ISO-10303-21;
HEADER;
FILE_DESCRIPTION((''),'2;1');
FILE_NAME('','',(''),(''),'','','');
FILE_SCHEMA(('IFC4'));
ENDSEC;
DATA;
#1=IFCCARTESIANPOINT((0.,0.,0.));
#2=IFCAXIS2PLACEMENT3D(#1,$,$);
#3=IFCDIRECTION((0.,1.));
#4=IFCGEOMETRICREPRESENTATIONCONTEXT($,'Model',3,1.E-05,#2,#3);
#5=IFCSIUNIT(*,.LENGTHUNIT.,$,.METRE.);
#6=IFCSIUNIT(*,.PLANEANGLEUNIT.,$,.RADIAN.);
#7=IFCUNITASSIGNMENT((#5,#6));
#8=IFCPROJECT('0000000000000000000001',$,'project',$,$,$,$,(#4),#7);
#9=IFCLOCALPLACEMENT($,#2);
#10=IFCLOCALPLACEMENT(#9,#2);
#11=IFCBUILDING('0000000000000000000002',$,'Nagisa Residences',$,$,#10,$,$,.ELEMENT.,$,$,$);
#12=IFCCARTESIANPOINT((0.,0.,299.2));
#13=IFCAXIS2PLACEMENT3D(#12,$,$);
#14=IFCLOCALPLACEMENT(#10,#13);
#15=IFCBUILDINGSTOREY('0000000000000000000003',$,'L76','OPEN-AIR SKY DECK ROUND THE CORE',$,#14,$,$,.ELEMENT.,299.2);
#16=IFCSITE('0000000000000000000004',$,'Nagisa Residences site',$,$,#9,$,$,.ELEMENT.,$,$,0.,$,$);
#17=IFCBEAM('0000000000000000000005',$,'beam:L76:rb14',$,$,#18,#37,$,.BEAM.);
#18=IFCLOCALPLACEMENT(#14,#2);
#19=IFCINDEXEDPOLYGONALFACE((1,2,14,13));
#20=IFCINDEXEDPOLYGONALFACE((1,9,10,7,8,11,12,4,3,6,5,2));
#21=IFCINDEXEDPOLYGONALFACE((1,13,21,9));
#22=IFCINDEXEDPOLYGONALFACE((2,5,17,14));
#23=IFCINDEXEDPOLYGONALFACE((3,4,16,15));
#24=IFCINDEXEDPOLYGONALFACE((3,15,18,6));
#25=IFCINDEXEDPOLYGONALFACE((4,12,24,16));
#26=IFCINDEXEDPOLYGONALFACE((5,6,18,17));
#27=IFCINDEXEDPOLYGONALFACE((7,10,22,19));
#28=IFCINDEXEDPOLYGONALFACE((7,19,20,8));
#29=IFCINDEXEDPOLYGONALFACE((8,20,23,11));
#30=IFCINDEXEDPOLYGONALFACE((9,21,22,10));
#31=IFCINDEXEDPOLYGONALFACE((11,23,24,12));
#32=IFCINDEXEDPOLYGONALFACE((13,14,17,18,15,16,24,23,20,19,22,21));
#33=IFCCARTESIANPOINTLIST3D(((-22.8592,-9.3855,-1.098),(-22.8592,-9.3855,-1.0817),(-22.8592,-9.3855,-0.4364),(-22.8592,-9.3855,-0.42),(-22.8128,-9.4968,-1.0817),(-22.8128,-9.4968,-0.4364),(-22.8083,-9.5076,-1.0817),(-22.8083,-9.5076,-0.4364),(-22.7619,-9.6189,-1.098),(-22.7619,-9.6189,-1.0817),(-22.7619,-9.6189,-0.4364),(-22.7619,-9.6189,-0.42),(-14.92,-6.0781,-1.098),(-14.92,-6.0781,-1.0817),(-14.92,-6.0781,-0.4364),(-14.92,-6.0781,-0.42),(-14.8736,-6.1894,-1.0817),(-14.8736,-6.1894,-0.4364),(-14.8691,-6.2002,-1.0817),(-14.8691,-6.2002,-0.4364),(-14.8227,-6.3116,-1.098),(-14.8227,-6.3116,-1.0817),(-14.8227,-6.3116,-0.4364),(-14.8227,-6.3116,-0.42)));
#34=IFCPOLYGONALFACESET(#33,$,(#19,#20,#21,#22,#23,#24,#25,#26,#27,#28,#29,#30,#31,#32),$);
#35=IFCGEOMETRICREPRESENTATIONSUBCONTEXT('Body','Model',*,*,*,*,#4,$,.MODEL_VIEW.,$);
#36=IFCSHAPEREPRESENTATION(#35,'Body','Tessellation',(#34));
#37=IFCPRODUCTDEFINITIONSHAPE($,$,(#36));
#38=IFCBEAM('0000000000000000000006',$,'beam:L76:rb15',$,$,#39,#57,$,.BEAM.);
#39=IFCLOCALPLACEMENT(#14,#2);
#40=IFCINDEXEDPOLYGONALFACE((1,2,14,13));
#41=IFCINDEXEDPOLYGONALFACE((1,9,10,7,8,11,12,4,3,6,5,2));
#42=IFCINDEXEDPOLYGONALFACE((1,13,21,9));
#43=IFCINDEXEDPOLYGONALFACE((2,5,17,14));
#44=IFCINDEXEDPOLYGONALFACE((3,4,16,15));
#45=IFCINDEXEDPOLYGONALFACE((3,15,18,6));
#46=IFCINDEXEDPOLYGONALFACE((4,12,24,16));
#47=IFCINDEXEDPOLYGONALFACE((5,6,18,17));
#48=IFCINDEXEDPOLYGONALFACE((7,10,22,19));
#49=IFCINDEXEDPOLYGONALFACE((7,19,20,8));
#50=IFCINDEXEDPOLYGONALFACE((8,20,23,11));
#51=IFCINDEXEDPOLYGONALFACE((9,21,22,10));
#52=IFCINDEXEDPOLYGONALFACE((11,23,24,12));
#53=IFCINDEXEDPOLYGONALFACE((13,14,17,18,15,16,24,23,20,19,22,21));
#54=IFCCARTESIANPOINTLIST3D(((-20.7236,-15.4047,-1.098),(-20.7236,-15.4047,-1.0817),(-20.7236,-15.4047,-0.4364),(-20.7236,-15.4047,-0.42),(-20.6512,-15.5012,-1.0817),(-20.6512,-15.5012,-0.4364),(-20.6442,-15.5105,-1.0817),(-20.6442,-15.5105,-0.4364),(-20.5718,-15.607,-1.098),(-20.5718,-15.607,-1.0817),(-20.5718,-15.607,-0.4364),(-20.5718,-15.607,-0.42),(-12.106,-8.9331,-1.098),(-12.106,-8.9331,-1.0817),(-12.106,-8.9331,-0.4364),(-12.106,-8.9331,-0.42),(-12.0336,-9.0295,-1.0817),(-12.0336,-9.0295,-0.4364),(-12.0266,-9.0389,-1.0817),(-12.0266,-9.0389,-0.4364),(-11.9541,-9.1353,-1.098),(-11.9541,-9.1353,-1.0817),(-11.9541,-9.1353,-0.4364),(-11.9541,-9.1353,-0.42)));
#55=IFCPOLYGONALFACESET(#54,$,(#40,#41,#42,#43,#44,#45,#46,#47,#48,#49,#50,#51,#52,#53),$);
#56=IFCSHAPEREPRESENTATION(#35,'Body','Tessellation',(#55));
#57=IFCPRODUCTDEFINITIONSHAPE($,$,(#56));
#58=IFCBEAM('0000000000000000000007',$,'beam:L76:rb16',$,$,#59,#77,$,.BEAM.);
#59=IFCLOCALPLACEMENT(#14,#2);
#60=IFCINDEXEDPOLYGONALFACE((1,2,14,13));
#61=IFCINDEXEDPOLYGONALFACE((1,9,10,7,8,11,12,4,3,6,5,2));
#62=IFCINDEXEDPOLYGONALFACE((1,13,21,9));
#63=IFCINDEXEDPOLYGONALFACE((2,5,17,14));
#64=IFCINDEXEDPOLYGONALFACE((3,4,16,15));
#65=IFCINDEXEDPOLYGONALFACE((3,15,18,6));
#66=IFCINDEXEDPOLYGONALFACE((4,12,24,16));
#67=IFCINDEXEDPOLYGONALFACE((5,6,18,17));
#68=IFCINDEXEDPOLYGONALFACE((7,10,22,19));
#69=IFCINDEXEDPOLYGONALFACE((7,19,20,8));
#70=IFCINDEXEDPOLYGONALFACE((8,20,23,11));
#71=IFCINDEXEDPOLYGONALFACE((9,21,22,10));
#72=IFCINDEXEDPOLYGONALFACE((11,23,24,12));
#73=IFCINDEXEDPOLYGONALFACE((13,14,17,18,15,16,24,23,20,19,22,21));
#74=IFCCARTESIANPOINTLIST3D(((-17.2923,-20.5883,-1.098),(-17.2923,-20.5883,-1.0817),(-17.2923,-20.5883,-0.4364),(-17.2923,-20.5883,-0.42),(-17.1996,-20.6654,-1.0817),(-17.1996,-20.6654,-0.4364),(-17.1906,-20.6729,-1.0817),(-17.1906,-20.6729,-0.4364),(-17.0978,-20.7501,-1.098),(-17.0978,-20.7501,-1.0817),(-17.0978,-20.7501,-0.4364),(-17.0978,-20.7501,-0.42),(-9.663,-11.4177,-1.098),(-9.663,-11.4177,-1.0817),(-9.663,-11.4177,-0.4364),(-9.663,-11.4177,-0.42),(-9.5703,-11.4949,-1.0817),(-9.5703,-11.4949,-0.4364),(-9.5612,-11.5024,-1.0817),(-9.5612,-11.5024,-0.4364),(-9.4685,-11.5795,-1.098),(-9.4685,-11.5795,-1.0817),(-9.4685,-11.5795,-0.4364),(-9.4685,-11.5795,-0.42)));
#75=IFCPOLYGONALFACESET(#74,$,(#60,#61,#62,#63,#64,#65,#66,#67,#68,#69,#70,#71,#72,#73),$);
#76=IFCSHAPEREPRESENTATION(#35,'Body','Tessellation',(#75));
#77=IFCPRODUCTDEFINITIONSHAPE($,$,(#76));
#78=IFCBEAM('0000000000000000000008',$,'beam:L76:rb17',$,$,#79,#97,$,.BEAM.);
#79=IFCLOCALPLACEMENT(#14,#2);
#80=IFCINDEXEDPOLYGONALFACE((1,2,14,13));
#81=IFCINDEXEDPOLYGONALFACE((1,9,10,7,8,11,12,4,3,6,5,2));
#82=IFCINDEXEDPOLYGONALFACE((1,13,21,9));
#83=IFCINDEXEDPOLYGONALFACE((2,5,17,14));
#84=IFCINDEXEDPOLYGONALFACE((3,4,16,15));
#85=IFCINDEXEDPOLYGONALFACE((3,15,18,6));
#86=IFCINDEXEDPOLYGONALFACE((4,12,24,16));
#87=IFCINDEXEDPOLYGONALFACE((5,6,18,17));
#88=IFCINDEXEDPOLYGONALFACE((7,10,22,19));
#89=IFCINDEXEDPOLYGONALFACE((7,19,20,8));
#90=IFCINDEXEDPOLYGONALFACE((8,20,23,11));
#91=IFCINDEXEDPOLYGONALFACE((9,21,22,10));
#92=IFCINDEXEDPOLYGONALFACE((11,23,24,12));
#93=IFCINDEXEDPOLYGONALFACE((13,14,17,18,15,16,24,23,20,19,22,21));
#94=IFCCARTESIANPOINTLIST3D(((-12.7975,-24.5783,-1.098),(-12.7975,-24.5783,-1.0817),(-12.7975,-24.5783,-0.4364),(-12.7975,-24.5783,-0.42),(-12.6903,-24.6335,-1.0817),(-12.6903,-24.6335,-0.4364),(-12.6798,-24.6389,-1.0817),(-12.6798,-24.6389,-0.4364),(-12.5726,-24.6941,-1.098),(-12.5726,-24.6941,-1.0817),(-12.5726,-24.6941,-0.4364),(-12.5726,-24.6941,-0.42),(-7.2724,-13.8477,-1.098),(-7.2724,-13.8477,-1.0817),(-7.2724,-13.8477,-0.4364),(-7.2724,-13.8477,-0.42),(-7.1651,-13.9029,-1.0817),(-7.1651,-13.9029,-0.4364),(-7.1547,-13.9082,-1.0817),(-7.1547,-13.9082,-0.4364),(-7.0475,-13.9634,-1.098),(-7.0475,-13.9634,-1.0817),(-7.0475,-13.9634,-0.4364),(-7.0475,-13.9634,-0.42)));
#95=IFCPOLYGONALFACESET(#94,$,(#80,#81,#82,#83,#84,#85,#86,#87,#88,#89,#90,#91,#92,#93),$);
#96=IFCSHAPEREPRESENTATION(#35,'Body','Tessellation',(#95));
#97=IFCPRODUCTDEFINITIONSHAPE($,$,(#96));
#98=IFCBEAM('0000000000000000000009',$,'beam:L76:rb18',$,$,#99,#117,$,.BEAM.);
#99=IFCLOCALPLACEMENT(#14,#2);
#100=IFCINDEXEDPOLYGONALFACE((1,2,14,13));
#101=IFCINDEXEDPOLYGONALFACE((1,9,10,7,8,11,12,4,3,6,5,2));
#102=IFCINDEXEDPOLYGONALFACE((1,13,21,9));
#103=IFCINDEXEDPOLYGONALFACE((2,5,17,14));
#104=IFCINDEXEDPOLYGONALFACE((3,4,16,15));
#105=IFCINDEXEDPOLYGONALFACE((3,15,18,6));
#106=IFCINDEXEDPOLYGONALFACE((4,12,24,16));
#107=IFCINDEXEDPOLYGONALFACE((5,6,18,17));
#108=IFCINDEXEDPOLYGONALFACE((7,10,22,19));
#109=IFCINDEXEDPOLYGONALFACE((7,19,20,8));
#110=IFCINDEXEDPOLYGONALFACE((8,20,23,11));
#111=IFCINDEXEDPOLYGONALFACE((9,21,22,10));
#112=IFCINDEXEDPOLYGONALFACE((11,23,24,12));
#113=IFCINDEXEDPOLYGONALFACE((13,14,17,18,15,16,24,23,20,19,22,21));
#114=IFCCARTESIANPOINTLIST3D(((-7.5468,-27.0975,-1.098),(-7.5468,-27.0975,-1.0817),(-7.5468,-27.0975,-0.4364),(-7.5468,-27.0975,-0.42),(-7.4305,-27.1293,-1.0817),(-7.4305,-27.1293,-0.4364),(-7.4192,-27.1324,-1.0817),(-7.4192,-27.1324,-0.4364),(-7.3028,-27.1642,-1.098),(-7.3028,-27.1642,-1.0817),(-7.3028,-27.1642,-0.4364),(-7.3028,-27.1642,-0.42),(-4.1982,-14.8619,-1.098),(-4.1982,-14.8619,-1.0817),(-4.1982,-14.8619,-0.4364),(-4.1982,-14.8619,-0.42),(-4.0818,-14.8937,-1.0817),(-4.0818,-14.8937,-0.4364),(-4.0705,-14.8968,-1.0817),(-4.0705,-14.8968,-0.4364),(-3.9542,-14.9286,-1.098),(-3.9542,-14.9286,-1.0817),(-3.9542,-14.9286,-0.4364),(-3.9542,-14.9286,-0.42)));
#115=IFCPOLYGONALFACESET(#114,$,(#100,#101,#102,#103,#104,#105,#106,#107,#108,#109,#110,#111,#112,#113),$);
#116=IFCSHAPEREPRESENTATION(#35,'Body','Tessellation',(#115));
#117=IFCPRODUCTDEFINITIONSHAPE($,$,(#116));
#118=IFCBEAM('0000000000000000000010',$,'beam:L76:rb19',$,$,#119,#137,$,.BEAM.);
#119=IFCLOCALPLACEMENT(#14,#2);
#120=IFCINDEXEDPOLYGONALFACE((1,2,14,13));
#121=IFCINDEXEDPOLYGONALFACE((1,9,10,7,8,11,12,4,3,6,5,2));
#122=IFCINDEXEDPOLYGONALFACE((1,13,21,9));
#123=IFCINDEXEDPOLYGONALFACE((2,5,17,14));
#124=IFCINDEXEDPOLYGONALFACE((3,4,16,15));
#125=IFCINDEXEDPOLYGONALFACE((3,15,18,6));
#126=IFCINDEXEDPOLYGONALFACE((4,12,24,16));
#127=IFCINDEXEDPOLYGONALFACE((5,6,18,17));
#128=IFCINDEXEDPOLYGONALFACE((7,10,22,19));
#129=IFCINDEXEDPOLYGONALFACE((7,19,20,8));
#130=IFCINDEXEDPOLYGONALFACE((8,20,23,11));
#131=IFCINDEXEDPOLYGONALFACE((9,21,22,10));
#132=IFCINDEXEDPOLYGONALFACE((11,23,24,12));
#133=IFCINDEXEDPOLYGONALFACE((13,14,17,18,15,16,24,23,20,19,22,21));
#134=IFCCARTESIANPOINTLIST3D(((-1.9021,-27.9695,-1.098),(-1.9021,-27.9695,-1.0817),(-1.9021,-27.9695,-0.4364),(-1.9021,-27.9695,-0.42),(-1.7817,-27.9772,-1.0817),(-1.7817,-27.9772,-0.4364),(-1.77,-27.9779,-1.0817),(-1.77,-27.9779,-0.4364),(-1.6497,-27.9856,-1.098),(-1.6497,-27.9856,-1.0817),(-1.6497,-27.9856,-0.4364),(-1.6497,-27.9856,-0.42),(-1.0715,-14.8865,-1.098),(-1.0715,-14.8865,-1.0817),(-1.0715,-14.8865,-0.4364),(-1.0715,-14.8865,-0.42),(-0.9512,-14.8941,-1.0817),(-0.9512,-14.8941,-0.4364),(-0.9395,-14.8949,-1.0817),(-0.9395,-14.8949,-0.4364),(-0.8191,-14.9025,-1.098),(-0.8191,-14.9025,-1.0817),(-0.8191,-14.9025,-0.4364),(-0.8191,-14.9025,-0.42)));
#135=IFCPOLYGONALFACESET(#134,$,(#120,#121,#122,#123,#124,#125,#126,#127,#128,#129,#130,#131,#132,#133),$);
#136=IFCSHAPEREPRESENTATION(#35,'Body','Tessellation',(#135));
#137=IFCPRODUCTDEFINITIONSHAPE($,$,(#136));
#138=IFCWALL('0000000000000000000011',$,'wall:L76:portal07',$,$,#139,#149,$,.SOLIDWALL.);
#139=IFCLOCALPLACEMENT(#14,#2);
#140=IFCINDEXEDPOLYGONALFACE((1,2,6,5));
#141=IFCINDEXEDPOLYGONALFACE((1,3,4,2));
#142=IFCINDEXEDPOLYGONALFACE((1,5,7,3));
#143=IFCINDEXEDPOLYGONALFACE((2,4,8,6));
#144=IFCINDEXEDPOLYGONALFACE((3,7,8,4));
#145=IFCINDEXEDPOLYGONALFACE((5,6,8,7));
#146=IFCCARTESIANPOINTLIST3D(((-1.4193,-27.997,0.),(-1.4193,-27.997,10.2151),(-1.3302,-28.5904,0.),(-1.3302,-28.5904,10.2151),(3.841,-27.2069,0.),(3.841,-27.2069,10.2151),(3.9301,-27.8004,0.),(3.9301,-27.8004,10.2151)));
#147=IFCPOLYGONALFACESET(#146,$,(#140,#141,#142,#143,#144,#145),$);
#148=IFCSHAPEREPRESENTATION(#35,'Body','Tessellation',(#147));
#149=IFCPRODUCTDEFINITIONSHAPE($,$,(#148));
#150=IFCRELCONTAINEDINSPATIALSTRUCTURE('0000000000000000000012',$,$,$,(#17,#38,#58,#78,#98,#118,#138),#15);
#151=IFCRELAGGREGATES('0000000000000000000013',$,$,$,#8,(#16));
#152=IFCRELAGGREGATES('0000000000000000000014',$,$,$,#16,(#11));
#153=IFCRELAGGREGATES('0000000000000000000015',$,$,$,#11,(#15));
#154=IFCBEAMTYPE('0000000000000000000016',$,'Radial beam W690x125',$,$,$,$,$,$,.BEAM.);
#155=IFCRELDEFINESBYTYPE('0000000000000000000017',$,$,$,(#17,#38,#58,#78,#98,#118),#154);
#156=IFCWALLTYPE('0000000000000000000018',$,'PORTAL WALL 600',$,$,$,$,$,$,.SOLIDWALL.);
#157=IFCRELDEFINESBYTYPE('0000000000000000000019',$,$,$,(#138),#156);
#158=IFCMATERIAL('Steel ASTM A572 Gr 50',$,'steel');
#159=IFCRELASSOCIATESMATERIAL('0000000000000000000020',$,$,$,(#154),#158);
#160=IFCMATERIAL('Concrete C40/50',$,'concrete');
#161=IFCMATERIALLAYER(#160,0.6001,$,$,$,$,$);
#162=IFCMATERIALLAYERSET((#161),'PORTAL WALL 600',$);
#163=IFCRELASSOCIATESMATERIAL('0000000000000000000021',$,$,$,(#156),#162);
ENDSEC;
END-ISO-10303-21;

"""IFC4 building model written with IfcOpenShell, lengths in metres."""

from ifc_helpers import new_model, si_unit, direction, frame, frame_2d, origin, origin_2d, place, context, subcontext, project, spatial, rectangle, i_section, extrude, material, layer, layer_set, material_profile, profile_set, type_object, element, save


model = new_model("IFC4")

# Units and contexts
model_context = context("Model", 3, precision=1e-05, world=origin(), true_north=direction((0.0, 1.0)))
body_context = subcontext(model_context, "Body", "Model", "MODEL_VIEW")
ifc_project = project(units=[si_unit("LENGTHUNIT", "METRE"), si_unit("PLANEANGLEUNIT", "RADIAN")], contexts=[model_context])

# Site, building, storey
site_placement = place(None, origin())
site = spatial("IfcSite", under=ifc_project, at=site_placement, Name="Nagisa Residences site", CompositionType="ELEMENT", RefElevation=0.0)
building_placement = place(site_placement, origin())
building = spatial("IfcBuilding", under=site, at=building_placement, Name="Nagisa Residences", CompositionType="ELEMENT")
storey_placement = place(building_placement, frame((0.0, 0.0, 299.2)))
storey = spatial("IfcBuildingStorey", under=building, at=storey_placement, Name="L76", Description="OPEN-AIR SKY DECK ROUND THE CORE", CompositionType="ELEMENT", Elevation=299.2)

# Beams
ifc_material_1 = material(Name="Steel ASTM A572 Gr 50", Category="steel")
ifc_material_profile_1 = material_profile(ifc_material_1, i_section(OverallWidth=0.2529, OverallDepth=0.678, WebThickness=0.0117, FlangeThickness=0.0164, at=origin_2d()), Name="W690x125")
ifc_profile_set_1 = profile_set([ifc_material_profile_1], Name="Steel ASTM A572 Gr 50")
beam_type_1 = type_object("IfcBeamType", Name="Radial beam W690x125", PredefinedType="BEAM", material=ifc_profile_set_1)
beam_1_placement = place(storey_placement, frame((-22.8105, -9.5022, -0.759), z_axis=(0.923103, 0.384553, 0.0), x_axis=(-0.384553, 0.923103, 0.0)))
element("IfcBeam", 1, at=beam_1_placement, inside=storey, type_object=beam_type_1, Name="beam:L76:rb14", PredefinedType="BEAM", context=body_context, shape_type="SweptSolid", body=[
    extrude(i_section(OverallWidth=0.2529, OverallDepth=0.678, WebThickness=0.0117, FlangeThickness=0.0164, at=origin_2d()), origin(), (0.0, 0.0, 1.0), 8.6006),
])
beam_2_placement = place(storey_placement, frame((-20.6477, -15.5059, -0.759), z_axis=(0.799625, 0.6005, 0.0), x_axis=(-0.6005, 0.799625, 0.0)))
element("IfcBeam", 2, at=beam_2_placement, inside=storey, type_object=beam_type_1, Name="beam:L76:rb15", PredefinedType="BEAM", context=body_context, shape_type="SweptSolid", body=[
    extrude(i_section(OverallWidth=0.2529, OverallDepth=0.678, WebThickness=0.0117, FlangeThickness=0.0164, at=origin_2d()), origin(), (0.0, 0.0, 1.0), 10.7771),
])
beam_3_placement = place(storey_placement, frame((-17.1951, -20.6692, -0.759), z_axis=(0.63955, 0.768749, 0.0), x_axis=(-0.768749, 0.63955, 0.0)))
element("IfcBeam", 3, at=beam_3_placement, inside=storey, type_object=beam_type_1, Name="beam:L76:rb16", PredefinedType="BEAM", context=body_context, shape_type="SweptSolid", body=[
    extrude(i_section(OverallWidth=0.2529, OverallDepth=0.678, WebThickness=0.0117, FlangeThickness=0.0164, at=origin_2d()), origin(), (0.0, 0.0, 1.0), 11.9292),
])
beam_4_placement = place(storey_placement, frame((-12.6851, -24.6362, -0.759), z_axis=(0.457773, 0.889069, 0.0), x_axis=(-0.889069, 0.457773, 0.0)))
element("IfcBeam", 4, at=beam_4_placement, inside=storey, type_object=beam_type_1, Name="beam:L76:rb17", PredefinedType="BEAM", context=body_context, shape_type="SweptSolid", body=[
    extrude(i_section(OverallWidth=0.2529, OverallDepth=0.678, WebThickness=0.0117, FlangeThickness=0.0164, at=origin_2d()), origin(), (0.0, 0.0, 1.0), 12.0696),
])
beam_5_placement = place(storey_placement, frame((-7.4248, -27.1309, -0.759), z_axis=(0.263972, 0.96453, 0.0), x_axis=(-0.96453, 0.263972, 0.0)))
element("IfcBeam", 5, at=beam_5_placement, inside=storey, type_object=beam_type_1, Name="beam:L76:rb18", PredefinedType="BEAM", context=body_context, shape_type="SweptSolid", body=[
    extrude(i_section(OverallWidth=0.2529, OverallDepth=0.678, WebThickness=0.0117, FlangeThickness=0.0164, at=origin_2d()), origin(), (0.0, 0.0, 1.0), 12.6855),
])
beam_6_placement = place(storey_placement, frame((-1.7759, -27.9775, -0.759), z_axis=(0.063357, 0.997991, 0.0), x_axis=(-0.997991, 0.063357, 0.0)))
element("IfcBeam", 6, at=beam_6_placement, inside=storey, type_object=beam_type_1, Name="beam:L76:rb19", PredefinedType="BEAM", context=body_context, shape_type="SweptSolid", body=[
    extrude(i_section(OverallWidth=0.2529, OverallDepth=0.678, WebThickness=0.0117, FlangeThickness=0.0164, at=origin_2d()), origin(), (0.0, 0.0, 1.0), 13.1094),
])

# Wall
ifc_material_2 = material(Name="Concrete C40/50", Category="concrete")
ifc_layer = layer(ifc_material_2, 0.6001)
ifc_layer_set = layer_set([ifc_layer], Name="PORTAL WALL 600")
wall_type = type_object("IfcWallType", Name="PORTAL WALL 600", PredefinedType="SOLIDWALL", material=ifc_layer_set)
wall_placement = place(storey_placement, frame((-1.3748, -28.2937, 0.0), z_axis=(0.0, 0.0, 1.0), x_axis=(0.988909, 0.148524, 0.0)))
element("IfcWall", 7, at=wall_placement, inside=storey, type_object=wall_type, Name="wall:L76:portal07", PredefinedType="SOLIDWALL", context=body_context, shape_type="SweptSolid", body=[
    extrude(rectangle(XDim=5.3193, YDim=0.6001, at=frame_2d((2.6597, 0.0))), origin(), (0.0, 0.0, 1.0), 10.2151),
])

save(model, "model.ifc")
